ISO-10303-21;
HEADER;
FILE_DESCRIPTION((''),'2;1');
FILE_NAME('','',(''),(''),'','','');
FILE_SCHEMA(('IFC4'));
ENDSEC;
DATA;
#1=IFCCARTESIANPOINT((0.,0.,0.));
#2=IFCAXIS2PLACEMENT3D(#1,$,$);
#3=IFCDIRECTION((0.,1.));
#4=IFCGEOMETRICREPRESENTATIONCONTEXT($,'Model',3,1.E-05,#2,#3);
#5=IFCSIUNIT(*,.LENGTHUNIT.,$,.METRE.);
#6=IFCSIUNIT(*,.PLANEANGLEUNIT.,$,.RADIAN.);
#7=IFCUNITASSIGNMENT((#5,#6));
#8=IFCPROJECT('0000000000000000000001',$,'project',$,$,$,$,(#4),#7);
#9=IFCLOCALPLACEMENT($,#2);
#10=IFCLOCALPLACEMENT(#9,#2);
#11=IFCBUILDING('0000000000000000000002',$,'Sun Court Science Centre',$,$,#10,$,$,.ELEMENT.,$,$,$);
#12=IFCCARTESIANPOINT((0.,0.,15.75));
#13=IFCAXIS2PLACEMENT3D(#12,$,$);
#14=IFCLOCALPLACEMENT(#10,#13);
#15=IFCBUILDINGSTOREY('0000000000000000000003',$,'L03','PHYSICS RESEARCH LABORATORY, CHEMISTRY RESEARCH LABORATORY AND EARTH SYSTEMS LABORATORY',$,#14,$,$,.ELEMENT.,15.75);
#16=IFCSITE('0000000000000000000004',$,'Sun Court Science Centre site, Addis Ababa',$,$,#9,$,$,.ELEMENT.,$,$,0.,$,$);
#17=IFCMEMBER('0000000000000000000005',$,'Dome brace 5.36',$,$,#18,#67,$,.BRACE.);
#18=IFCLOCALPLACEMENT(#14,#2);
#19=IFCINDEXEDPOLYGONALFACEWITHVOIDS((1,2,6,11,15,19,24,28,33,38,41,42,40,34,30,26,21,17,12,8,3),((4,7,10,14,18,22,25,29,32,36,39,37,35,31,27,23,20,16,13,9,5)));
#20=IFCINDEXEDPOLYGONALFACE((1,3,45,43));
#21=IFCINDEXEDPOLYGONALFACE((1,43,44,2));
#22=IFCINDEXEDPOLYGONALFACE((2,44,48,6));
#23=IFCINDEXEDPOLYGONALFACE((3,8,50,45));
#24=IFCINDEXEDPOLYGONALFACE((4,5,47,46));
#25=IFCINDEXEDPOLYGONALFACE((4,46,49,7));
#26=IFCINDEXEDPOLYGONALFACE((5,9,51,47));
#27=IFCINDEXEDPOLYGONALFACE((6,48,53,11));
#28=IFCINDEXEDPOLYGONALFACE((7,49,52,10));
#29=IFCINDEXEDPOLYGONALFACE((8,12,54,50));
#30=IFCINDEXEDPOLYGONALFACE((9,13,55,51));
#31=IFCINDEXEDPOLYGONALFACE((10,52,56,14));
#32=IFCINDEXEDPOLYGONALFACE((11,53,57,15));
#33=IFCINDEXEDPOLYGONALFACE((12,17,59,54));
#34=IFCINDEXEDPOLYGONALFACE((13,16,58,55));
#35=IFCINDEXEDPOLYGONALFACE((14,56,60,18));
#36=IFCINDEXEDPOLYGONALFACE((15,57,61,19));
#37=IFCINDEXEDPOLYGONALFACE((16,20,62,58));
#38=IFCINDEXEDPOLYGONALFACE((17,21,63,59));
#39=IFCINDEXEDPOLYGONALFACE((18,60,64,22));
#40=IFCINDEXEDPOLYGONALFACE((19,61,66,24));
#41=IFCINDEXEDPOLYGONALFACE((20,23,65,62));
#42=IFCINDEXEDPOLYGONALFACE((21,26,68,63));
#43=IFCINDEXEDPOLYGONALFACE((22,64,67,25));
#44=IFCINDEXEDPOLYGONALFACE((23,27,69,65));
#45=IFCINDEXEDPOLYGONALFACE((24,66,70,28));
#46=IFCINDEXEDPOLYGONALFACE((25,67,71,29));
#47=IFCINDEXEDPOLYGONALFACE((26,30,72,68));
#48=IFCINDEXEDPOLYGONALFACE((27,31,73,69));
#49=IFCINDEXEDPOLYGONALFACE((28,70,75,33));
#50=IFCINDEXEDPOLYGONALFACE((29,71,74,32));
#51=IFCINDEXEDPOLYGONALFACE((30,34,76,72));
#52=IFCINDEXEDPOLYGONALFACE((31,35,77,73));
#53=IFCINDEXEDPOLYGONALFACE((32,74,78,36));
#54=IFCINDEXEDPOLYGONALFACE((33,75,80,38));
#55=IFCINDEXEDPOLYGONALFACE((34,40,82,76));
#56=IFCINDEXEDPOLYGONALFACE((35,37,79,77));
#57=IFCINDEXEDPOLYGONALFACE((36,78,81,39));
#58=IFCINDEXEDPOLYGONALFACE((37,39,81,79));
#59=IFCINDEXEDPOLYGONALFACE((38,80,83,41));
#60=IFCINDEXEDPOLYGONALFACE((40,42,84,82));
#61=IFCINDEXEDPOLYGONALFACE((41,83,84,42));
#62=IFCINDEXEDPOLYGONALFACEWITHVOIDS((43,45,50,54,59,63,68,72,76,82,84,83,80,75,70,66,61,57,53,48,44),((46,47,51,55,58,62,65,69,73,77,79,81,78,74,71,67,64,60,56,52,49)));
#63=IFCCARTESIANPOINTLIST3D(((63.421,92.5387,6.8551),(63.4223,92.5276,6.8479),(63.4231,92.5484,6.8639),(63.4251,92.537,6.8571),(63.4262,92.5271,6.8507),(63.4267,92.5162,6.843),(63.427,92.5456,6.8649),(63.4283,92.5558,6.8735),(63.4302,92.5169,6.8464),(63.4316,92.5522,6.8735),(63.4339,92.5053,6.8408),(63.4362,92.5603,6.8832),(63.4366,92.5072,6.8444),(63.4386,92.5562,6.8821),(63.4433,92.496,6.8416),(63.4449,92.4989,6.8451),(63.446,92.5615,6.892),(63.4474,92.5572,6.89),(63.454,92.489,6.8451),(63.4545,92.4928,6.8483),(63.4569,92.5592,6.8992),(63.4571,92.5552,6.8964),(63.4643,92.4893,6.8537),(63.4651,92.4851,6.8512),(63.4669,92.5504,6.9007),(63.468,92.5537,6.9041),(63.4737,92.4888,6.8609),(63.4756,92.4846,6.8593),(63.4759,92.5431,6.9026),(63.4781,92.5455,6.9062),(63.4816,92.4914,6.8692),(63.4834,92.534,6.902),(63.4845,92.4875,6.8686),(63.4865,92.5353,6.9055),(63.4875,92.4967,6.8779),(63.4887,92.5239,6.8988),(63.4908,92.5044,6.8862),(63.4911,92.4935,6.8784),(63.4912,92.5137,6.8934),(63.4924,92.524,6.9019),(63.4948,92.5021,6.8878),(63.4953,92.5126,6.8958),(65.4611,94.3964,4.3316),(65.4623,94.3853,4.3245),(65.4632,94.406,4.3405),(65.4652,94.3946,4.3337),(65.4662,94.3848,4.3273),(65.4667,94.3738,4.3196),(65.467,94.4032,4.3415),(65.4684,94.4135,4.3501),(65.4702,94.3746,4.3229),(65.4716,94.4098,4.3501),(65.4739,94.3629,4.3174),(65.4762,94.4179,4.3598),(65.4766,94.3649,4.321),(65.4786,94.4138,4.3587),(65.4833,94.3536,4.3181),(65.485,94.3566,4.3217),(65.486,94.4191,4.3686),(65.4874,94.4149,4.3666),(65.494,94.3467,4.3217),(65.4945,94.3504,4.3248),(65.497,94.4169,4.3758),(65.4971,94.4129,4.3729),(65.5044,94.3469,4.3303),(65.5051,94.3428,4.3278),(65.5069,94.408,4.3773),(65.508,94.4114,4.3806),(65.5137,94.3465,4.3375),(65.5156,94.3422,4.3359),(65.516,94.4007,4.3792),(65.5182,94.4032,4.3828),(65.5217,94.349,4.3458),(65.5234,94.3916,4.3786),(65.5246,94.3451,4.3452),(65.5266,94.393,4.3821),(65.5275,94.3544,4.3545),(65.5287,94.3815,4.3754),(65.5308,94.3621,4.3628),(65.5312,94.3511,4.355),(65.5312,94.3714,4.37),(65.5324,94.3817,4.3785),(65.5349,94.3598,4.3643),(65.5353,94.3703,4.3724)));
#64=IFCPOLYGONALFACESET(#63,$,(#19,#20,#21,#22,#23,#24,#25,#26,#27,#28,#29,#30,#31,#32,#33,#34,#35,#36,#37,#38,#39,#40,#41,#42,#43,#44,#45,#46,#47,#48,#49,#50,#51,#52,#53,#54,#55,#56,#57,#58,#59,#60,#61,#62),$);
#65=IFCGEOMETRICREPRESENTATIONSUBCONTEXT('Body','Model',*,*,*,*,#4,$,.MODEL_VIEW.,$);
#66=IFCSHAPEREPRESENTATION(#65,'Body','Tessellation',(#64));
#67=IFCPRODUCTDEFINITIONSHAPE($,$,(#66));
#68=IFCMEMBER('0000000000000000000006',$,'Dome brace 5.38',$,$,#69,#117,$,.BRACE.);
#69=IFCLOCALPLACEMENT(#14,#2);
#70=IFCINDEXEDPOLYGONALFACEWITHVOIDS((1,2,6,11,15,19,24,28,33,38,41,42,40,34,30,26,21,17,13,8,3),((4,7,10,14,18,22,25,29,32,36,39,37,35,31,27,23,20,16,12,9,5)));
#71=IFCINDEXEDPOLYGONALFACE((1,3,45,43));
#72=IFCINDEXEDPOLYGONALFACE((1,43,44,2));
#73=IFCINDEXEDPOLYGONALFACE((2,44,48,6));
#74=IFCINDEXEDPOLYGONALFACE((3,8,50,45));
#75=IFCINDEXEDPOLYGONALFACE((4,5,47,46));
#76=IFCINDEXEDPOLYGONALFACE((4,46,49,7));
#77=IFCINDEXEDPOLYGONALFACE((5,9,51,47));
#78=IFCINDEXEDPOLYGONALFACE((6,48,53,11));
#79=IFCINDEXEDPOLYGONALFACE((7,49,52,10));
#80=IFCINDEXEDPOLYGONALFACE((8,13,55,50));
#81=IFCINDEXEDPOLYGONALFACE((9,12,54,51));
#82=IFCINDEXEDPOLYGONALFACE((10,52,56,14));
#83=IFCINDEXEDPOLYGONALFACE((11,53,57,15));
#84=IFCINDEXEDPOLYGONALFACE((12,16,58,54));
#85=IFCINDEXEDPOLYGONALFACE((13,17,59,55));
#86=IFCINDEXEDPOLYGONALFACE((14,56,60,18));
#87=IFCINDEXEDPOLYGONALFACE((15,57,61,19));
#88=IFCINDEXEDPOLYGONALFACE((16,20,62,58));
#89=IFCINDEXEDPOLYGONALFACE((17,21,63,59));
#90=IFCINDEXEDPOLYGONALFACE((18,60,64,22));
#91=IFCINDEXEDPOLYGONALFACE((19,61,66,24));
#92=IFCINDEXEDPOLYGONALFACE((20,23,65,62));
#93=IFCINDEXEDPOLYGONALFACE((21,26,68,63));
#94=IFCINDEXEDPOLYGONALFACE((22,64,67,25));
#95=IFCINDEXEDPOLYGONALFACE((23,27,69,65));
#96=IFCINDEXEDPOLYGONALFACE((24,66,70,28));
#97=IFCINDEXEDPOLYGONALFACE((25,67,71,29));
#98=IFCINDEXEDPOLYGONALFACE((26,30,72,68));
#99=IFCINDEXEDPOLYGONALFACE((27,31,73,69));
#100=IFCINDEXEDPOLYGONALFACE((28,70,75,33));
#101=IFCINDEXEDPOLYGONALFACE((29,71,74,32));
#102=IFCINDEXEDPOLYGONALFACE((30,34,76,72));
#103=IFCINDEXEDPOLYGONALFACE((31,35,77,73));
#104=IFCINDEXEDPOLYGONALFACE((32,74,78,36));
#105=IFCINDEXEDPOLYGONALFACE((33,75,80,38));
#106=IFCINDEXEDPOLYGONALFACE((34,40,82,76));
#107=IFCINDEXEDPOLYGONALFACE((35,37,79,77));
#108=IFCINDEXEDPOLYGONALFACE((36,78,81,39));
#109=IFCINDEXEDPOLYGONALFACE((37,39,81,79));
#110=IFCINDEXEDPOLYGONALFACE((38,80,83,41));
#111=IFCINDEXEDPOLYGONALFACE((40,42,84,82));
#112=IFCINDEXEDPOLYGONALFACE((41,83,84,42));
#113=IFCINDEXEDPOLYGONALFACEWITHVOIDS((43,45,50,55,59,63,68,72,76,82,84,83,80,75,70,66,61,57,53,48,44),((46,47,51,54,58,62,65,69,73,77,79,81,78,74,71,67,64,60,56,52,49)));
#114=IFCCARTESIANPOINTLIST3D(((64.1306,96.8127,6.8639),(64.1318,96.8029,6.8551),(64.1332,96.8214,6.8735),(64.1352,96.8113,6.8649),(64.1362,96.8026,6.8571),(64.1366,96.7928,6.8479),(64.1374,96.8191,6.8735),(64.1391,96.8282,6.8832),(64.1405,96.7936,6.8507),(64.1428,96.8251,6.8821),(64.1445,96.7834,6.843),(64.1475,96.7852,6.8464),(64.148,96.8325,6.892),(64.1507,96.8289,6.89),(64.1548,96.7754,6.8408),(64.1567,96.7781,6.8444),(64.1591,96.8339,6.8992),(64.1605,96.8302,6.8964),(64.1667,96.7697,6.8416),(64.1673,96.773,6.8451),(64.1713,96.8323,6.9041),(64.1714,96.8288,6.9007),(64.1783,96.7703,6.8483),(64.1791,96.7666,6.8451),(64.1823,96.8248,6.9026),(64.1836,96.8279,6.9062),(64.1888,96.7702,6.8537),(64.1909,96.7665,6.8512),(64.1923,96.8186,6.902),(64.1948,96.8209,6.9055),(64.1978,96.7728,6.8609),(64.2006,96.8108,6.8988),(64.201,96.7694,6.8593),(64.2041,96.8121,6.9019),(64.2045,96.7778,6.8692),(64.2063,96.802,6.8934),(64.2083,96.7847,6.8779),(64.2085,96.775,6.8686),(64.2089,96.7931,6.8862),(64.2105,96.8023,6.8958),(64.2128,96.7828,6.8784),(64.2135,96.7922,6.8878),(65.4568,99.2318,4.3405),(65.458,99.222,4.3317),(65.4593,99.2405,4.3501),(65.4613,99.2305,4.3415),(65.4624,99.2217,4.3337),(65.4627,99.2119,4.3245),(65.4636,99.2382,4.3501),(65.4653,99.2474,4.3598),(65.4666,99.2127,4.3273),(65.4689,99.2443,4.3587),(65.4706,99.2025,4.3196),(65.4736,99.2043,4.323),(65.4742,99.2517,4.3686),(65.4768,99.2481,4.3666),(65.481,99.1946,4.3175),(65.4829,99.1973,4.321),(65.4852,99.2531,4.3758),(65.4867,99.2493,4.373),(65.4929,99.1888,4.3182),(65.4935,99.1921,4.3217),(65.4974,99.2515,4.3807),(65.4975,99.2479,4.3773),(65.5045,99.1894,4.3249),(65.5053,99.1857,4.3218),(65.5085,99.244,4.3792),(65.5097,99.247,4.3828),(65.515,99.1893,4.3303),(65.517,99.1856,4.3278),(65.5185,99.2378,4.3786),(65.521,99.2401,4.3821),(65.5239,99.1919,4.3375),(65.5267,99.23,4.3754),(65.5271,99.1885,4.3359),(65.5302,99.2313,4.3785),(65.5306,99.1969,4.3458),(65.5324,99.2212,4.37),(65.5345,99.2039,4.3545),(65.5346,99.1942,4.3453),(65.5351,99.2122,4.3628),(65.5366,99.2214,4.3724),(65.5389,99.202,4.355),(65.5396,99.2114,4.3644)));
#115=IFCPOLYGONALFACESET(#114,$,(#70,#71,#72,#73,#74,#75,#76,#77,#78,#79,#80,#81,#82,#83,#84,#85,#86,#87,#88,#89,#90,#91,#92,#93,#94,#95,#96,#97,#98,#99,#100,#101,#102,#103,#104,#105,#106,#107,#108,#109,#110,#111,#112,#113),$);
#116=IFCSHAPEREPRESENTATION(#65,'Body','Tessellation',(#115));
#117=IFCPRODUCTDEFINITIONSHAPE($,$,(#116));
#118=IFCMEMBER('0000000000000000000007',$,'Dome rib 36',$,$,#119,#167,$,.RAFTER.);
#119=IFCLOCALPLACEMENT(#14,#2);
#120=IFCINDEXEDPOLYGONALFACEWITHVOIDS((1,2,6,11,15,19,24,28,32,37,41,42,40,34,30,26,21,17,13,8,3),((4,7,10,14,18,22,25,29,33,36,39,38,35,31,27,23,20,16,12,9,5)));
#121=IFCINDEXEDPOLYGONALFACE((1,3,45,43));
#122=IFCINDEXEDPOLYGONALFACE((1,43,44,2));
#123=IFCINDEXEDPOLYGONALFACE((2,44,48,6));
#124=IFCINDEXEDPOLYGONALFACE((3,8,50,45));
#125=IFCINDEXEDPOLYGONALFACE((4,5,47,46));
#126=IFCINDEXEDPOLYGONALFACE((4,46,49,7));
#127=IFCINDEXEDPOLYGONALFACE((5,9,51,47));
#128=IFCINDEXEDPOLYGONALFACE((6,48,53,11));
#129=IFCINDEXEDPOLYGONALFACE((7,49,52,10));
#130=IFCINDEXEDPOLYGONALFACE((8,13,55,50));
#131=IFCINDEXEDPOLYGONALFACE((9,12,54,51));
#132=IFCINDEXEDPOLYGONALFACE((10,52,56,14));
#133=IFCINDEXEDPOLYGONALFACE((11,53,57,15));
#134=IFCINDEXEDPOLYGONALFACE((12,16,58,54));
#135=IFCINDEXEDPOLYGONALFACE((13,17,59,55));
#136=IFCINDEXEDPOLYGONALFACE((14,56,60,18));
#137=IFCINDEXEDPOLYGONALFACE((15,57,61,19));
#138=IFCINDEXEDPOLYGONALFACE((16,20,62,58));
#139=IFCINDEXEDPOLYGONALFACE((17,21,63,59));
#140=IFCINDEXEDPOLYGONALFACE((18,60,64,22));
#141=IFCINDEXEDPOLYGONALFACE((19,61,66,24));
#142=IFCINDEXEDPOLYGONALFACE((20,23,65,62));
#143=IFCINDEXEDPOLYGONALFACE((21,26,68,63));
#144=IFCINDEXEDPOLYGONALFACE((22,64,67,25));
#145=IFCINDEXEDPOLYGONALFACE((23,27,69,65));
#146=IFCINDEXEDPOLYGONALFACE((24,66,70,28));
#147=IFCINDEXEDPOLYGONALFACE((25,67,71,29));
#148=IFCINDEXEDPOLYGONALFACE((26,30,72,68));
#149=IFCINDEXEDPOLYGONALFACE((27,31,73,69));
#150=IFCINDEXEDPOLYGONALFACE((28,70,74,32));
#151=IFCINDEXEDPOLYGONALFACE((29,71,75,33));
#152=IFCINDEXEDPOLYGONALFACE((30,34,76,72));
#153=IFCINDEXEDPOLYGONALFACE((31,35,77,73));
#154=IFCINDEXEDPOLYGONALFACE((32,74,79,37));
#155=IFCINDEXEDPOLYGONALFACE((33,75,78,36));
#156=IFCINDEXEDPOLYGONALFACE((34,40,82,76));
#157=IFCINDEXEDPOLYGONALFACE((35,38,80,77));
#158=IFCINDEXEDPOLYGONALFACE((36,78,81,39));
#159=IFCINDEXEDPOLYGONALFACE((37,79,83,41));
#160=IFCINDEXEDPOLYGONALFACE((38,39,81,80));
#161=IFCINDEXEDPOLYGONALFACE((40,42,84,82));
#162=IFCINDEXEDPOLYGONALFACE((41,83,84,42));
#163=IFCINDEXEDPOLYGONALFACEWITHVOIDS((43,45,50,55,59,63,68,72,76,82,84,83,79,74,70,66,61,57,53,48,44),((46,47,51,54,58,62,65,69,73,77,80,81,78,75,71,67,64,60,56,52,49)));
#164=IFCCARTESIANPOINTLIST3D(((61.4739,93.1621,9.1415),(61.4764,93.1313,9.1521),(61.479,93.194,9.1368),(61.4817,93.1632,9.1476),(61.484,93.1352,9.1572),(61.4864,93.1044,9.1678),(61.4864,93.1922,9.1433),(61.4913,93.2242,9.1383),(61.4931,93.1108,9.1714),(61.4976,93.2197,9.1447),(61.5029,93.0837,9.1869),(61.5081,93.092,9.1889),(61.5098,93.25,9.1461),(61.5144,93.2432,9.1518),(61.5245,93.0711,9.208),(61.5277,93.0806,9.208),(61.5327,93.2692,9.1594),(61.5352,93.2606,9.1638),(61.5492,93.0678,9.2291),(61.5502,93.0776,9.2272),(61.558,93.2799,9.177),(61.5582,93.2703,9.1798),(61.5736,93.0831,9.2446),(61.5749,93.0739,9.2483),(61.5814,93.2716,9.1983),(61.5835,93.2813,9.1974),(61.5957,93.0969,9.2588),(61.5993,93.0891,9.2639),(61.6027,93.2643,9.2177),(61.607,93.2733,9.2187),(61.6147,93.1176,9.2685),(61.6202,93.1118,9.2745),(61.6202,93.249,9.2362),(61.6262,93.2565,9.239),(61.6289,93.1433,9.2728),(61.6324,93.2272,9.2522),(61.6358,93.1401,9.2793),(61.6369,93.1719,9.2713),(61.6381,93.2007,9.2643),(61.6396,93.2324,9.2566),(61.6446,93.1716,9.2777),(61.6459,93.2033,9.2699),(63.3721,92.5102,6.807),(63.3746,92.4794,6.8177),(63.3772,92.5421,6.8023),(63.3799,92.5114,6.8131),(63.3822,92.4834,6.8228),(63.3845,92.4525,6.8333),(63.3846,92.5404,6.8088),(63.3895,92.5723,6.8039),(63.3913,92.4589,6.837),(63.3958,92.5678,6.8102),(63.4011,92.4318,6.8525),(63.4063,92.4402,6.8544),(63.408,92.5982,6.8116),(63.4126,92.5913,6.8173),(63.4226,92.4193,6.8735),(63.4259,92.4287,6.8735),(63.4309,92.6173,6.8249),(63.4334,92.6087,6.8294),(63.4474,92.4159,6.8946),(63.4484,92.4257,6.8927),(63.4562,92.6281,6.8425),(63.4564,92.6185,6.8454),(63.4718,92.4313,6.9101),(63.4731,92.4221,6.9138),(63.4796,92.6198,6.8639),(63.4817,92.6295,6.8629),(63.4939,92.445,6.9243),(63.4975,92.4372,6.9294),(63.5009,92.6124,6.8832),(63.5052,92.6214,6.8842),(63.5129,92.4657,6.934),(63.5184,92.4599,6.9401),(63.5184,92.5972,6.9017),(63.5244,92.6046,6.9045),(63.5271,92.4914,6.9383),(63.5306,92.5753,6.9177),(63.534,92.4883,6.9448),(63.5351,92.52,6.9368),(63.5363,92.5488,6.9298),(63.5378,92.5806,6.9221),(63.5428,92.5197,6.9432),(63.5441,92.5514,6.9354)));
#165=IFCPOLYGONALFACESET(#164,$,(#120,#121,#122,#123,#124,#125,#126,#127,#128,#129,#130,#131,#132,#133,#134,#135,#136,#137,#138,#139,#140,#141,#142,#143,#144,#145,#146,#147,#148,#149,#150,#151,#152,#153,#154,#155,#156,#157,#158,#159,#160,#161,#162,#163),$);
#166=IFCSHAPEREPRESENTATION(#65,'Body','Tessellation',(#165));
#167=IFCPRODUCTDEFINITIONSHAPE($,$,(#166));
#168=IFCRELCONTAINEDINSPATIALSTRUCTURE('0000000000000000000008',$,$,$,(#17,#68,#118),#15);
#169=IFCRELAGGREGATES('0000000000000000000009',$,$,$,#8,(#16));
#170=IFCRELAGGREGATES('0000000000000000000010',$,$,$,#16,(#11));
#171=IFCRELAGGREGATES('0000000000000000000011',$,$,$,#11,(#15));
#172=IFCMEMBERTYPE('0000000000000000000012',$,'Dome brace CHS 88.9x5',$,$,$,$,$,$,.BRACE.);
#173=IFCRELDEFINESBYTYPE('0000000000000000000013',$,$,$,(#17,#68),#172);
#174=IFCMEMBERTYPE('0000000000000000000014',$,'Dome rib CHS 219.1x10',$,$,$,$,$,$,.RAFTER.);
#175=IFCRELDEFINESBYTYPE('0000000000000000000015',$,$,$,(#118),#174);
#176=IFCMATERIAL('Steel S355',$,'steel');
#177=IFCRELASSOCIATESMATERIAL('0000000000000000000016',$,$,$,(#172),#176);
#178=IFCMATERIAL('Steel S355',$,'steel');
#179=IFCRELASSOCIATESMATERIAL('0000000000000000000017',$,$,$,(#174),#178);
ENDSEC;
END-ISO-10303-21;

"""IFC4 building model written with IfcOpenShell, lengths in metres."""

from ifc_helpers import new_model, si_unit, direction, frame, origin, origin_2d, place, context, subcontext, project, spatial, hollow_circle, extrude, material, material_profile, profile_set, type_object, element, save


model = new_model("IFC4")

# Units and contexts
model_context = context("Model", 3, precision=1e-05, world=origin(), true_north=direction((0.0, 1.0)))
body_context = subcontext(model_context, "Body", "Model", "MODEL_VIEW")
ifc_project = project(units=[si_unit("LENGTHUNIT", "METRE"), si_unit("PLANEANGLEUNIT", "RADIAN")], contexts=[model_context])

# Site, building, storey
site_placement = place(None, origin())
site = spatial("IfcSite", under=ifc_project, at=site_placement, Name="Sun Court Science Centre site, Addis Ababa", CompositionType="ELEMENT", RefElevation=0.0)
building_placement = place(site_placement, origin())
building = spatial("IfcBuilding", under=site, at=building_placement, Name="Sun Court Science Centre", CompositionType="ELEMENT")
storey_placement = place(building_placement, frame((0.0, 0.0, 15.75)))
storey = spatial("IfcBuildingStorey", under=building, at=storey_placement, Name="L03", Description="PHYSICS RESEARCH LABORATORY, CHEMISTRY RESEARCH LABORATORY AND EARTH SYSTEMS LABORATORY", CompositionType="ELEMENT", Elevation=15.75)

# Members
ifc_material_1 = material(Name="Steel S355", Category="steel")
ifc_material_profile_1 = material_profile(ifc_material_1, hollow_circle(Radius=0.0444, WallThickness=0.0049, at=origin_2d()), Name="CHS 88.9x5")
ifc_profile_set_1 = profile_set([ifc_material_profile_1], Name="Steel S355")
member_type_1 = type_object("IfcMemberType", Name="Dome brace CHS 88.9x5", PredefinedType="BRACE", material=ifc_profile_set_1)
member_1_placement = place(storey_placement, frame((63.4583, 92.5229, 6.8735), z_axis=(0.545605, 0.49683, -0.674889), x_axis=(-0.673285, 0.739383, 0.0)))
element("IfcMember", 1, at=member_1_placement, inside=storey, type_object=member_type_1, Name="Dome brace 5.36", PredefinedType="BRACE", context=body_context, shape_type="SweptSolid", body=[
    extrude(hollow_circle(Radius=0.0444, WallThickness=0.0049, at=origin_2d()), origin(), (0.0, 0.0, 1.0), 3.739),
])
member_2_placement = place(storey_placement, frame((64.1721, 96.8, 6.8735), z_axis=(0.354701, 0.647042, -0.674925), x_axis=(-0.876886, 0.480699, 0.0)))
element("IfcMember", 2, at=member_2_placement, inside=storey, type_object=member_type_1, Name="Dome brace 5.38", PredefinedType="BRACE", context=body_context, shape_type="SweptSolid", body=[
    extrude(hollow_circle(Radius=0.0444, WallThickness=0.0049, at=origin_2d()), origin(), (0.0, 0.0, 1.0), 3.7388),
])
ifc_material_2 = material(Name="Steel S355", Category="steel")
ifc_material_profile_2 = material_profile(ifc_material_2, hollow_circle(Radius=0.1096, WallThickness=0.01, at=origin_2d()), Name="CHS 219.1x10")
ifc_profile_set_2 = profile_set([ifc_material_profile_2], Name="Steel S355")
member_type_2 = type_object("IfcMemberType", Name="Dome rib CHS 219.1x10", PredefinedType="RAFTER", material=ifc_profile_set_2)
member_3_placement = place(storey_placement, frame((63.4583, 92.5229, 6.8735), z_axis=(-0.616576, 0.211737, 0.758289), x_axis=(-0.324791, -0.945786, 0.0)))
element("IfcMember", 3, at=member_3_placement, inside=storey, type_object=member_type_2, Name="Dome rib 36", PredefinedType="RAFTER", context=body_context, shape_type="SweptSolid", body=[
    extrude(hollow_circle(Radius=0.1096, WallThickness=0.01, at=origin_2d()), origin(), (0.0, 0.0, 1.0), 3.0786),
])

save(model, "model.ifc")
